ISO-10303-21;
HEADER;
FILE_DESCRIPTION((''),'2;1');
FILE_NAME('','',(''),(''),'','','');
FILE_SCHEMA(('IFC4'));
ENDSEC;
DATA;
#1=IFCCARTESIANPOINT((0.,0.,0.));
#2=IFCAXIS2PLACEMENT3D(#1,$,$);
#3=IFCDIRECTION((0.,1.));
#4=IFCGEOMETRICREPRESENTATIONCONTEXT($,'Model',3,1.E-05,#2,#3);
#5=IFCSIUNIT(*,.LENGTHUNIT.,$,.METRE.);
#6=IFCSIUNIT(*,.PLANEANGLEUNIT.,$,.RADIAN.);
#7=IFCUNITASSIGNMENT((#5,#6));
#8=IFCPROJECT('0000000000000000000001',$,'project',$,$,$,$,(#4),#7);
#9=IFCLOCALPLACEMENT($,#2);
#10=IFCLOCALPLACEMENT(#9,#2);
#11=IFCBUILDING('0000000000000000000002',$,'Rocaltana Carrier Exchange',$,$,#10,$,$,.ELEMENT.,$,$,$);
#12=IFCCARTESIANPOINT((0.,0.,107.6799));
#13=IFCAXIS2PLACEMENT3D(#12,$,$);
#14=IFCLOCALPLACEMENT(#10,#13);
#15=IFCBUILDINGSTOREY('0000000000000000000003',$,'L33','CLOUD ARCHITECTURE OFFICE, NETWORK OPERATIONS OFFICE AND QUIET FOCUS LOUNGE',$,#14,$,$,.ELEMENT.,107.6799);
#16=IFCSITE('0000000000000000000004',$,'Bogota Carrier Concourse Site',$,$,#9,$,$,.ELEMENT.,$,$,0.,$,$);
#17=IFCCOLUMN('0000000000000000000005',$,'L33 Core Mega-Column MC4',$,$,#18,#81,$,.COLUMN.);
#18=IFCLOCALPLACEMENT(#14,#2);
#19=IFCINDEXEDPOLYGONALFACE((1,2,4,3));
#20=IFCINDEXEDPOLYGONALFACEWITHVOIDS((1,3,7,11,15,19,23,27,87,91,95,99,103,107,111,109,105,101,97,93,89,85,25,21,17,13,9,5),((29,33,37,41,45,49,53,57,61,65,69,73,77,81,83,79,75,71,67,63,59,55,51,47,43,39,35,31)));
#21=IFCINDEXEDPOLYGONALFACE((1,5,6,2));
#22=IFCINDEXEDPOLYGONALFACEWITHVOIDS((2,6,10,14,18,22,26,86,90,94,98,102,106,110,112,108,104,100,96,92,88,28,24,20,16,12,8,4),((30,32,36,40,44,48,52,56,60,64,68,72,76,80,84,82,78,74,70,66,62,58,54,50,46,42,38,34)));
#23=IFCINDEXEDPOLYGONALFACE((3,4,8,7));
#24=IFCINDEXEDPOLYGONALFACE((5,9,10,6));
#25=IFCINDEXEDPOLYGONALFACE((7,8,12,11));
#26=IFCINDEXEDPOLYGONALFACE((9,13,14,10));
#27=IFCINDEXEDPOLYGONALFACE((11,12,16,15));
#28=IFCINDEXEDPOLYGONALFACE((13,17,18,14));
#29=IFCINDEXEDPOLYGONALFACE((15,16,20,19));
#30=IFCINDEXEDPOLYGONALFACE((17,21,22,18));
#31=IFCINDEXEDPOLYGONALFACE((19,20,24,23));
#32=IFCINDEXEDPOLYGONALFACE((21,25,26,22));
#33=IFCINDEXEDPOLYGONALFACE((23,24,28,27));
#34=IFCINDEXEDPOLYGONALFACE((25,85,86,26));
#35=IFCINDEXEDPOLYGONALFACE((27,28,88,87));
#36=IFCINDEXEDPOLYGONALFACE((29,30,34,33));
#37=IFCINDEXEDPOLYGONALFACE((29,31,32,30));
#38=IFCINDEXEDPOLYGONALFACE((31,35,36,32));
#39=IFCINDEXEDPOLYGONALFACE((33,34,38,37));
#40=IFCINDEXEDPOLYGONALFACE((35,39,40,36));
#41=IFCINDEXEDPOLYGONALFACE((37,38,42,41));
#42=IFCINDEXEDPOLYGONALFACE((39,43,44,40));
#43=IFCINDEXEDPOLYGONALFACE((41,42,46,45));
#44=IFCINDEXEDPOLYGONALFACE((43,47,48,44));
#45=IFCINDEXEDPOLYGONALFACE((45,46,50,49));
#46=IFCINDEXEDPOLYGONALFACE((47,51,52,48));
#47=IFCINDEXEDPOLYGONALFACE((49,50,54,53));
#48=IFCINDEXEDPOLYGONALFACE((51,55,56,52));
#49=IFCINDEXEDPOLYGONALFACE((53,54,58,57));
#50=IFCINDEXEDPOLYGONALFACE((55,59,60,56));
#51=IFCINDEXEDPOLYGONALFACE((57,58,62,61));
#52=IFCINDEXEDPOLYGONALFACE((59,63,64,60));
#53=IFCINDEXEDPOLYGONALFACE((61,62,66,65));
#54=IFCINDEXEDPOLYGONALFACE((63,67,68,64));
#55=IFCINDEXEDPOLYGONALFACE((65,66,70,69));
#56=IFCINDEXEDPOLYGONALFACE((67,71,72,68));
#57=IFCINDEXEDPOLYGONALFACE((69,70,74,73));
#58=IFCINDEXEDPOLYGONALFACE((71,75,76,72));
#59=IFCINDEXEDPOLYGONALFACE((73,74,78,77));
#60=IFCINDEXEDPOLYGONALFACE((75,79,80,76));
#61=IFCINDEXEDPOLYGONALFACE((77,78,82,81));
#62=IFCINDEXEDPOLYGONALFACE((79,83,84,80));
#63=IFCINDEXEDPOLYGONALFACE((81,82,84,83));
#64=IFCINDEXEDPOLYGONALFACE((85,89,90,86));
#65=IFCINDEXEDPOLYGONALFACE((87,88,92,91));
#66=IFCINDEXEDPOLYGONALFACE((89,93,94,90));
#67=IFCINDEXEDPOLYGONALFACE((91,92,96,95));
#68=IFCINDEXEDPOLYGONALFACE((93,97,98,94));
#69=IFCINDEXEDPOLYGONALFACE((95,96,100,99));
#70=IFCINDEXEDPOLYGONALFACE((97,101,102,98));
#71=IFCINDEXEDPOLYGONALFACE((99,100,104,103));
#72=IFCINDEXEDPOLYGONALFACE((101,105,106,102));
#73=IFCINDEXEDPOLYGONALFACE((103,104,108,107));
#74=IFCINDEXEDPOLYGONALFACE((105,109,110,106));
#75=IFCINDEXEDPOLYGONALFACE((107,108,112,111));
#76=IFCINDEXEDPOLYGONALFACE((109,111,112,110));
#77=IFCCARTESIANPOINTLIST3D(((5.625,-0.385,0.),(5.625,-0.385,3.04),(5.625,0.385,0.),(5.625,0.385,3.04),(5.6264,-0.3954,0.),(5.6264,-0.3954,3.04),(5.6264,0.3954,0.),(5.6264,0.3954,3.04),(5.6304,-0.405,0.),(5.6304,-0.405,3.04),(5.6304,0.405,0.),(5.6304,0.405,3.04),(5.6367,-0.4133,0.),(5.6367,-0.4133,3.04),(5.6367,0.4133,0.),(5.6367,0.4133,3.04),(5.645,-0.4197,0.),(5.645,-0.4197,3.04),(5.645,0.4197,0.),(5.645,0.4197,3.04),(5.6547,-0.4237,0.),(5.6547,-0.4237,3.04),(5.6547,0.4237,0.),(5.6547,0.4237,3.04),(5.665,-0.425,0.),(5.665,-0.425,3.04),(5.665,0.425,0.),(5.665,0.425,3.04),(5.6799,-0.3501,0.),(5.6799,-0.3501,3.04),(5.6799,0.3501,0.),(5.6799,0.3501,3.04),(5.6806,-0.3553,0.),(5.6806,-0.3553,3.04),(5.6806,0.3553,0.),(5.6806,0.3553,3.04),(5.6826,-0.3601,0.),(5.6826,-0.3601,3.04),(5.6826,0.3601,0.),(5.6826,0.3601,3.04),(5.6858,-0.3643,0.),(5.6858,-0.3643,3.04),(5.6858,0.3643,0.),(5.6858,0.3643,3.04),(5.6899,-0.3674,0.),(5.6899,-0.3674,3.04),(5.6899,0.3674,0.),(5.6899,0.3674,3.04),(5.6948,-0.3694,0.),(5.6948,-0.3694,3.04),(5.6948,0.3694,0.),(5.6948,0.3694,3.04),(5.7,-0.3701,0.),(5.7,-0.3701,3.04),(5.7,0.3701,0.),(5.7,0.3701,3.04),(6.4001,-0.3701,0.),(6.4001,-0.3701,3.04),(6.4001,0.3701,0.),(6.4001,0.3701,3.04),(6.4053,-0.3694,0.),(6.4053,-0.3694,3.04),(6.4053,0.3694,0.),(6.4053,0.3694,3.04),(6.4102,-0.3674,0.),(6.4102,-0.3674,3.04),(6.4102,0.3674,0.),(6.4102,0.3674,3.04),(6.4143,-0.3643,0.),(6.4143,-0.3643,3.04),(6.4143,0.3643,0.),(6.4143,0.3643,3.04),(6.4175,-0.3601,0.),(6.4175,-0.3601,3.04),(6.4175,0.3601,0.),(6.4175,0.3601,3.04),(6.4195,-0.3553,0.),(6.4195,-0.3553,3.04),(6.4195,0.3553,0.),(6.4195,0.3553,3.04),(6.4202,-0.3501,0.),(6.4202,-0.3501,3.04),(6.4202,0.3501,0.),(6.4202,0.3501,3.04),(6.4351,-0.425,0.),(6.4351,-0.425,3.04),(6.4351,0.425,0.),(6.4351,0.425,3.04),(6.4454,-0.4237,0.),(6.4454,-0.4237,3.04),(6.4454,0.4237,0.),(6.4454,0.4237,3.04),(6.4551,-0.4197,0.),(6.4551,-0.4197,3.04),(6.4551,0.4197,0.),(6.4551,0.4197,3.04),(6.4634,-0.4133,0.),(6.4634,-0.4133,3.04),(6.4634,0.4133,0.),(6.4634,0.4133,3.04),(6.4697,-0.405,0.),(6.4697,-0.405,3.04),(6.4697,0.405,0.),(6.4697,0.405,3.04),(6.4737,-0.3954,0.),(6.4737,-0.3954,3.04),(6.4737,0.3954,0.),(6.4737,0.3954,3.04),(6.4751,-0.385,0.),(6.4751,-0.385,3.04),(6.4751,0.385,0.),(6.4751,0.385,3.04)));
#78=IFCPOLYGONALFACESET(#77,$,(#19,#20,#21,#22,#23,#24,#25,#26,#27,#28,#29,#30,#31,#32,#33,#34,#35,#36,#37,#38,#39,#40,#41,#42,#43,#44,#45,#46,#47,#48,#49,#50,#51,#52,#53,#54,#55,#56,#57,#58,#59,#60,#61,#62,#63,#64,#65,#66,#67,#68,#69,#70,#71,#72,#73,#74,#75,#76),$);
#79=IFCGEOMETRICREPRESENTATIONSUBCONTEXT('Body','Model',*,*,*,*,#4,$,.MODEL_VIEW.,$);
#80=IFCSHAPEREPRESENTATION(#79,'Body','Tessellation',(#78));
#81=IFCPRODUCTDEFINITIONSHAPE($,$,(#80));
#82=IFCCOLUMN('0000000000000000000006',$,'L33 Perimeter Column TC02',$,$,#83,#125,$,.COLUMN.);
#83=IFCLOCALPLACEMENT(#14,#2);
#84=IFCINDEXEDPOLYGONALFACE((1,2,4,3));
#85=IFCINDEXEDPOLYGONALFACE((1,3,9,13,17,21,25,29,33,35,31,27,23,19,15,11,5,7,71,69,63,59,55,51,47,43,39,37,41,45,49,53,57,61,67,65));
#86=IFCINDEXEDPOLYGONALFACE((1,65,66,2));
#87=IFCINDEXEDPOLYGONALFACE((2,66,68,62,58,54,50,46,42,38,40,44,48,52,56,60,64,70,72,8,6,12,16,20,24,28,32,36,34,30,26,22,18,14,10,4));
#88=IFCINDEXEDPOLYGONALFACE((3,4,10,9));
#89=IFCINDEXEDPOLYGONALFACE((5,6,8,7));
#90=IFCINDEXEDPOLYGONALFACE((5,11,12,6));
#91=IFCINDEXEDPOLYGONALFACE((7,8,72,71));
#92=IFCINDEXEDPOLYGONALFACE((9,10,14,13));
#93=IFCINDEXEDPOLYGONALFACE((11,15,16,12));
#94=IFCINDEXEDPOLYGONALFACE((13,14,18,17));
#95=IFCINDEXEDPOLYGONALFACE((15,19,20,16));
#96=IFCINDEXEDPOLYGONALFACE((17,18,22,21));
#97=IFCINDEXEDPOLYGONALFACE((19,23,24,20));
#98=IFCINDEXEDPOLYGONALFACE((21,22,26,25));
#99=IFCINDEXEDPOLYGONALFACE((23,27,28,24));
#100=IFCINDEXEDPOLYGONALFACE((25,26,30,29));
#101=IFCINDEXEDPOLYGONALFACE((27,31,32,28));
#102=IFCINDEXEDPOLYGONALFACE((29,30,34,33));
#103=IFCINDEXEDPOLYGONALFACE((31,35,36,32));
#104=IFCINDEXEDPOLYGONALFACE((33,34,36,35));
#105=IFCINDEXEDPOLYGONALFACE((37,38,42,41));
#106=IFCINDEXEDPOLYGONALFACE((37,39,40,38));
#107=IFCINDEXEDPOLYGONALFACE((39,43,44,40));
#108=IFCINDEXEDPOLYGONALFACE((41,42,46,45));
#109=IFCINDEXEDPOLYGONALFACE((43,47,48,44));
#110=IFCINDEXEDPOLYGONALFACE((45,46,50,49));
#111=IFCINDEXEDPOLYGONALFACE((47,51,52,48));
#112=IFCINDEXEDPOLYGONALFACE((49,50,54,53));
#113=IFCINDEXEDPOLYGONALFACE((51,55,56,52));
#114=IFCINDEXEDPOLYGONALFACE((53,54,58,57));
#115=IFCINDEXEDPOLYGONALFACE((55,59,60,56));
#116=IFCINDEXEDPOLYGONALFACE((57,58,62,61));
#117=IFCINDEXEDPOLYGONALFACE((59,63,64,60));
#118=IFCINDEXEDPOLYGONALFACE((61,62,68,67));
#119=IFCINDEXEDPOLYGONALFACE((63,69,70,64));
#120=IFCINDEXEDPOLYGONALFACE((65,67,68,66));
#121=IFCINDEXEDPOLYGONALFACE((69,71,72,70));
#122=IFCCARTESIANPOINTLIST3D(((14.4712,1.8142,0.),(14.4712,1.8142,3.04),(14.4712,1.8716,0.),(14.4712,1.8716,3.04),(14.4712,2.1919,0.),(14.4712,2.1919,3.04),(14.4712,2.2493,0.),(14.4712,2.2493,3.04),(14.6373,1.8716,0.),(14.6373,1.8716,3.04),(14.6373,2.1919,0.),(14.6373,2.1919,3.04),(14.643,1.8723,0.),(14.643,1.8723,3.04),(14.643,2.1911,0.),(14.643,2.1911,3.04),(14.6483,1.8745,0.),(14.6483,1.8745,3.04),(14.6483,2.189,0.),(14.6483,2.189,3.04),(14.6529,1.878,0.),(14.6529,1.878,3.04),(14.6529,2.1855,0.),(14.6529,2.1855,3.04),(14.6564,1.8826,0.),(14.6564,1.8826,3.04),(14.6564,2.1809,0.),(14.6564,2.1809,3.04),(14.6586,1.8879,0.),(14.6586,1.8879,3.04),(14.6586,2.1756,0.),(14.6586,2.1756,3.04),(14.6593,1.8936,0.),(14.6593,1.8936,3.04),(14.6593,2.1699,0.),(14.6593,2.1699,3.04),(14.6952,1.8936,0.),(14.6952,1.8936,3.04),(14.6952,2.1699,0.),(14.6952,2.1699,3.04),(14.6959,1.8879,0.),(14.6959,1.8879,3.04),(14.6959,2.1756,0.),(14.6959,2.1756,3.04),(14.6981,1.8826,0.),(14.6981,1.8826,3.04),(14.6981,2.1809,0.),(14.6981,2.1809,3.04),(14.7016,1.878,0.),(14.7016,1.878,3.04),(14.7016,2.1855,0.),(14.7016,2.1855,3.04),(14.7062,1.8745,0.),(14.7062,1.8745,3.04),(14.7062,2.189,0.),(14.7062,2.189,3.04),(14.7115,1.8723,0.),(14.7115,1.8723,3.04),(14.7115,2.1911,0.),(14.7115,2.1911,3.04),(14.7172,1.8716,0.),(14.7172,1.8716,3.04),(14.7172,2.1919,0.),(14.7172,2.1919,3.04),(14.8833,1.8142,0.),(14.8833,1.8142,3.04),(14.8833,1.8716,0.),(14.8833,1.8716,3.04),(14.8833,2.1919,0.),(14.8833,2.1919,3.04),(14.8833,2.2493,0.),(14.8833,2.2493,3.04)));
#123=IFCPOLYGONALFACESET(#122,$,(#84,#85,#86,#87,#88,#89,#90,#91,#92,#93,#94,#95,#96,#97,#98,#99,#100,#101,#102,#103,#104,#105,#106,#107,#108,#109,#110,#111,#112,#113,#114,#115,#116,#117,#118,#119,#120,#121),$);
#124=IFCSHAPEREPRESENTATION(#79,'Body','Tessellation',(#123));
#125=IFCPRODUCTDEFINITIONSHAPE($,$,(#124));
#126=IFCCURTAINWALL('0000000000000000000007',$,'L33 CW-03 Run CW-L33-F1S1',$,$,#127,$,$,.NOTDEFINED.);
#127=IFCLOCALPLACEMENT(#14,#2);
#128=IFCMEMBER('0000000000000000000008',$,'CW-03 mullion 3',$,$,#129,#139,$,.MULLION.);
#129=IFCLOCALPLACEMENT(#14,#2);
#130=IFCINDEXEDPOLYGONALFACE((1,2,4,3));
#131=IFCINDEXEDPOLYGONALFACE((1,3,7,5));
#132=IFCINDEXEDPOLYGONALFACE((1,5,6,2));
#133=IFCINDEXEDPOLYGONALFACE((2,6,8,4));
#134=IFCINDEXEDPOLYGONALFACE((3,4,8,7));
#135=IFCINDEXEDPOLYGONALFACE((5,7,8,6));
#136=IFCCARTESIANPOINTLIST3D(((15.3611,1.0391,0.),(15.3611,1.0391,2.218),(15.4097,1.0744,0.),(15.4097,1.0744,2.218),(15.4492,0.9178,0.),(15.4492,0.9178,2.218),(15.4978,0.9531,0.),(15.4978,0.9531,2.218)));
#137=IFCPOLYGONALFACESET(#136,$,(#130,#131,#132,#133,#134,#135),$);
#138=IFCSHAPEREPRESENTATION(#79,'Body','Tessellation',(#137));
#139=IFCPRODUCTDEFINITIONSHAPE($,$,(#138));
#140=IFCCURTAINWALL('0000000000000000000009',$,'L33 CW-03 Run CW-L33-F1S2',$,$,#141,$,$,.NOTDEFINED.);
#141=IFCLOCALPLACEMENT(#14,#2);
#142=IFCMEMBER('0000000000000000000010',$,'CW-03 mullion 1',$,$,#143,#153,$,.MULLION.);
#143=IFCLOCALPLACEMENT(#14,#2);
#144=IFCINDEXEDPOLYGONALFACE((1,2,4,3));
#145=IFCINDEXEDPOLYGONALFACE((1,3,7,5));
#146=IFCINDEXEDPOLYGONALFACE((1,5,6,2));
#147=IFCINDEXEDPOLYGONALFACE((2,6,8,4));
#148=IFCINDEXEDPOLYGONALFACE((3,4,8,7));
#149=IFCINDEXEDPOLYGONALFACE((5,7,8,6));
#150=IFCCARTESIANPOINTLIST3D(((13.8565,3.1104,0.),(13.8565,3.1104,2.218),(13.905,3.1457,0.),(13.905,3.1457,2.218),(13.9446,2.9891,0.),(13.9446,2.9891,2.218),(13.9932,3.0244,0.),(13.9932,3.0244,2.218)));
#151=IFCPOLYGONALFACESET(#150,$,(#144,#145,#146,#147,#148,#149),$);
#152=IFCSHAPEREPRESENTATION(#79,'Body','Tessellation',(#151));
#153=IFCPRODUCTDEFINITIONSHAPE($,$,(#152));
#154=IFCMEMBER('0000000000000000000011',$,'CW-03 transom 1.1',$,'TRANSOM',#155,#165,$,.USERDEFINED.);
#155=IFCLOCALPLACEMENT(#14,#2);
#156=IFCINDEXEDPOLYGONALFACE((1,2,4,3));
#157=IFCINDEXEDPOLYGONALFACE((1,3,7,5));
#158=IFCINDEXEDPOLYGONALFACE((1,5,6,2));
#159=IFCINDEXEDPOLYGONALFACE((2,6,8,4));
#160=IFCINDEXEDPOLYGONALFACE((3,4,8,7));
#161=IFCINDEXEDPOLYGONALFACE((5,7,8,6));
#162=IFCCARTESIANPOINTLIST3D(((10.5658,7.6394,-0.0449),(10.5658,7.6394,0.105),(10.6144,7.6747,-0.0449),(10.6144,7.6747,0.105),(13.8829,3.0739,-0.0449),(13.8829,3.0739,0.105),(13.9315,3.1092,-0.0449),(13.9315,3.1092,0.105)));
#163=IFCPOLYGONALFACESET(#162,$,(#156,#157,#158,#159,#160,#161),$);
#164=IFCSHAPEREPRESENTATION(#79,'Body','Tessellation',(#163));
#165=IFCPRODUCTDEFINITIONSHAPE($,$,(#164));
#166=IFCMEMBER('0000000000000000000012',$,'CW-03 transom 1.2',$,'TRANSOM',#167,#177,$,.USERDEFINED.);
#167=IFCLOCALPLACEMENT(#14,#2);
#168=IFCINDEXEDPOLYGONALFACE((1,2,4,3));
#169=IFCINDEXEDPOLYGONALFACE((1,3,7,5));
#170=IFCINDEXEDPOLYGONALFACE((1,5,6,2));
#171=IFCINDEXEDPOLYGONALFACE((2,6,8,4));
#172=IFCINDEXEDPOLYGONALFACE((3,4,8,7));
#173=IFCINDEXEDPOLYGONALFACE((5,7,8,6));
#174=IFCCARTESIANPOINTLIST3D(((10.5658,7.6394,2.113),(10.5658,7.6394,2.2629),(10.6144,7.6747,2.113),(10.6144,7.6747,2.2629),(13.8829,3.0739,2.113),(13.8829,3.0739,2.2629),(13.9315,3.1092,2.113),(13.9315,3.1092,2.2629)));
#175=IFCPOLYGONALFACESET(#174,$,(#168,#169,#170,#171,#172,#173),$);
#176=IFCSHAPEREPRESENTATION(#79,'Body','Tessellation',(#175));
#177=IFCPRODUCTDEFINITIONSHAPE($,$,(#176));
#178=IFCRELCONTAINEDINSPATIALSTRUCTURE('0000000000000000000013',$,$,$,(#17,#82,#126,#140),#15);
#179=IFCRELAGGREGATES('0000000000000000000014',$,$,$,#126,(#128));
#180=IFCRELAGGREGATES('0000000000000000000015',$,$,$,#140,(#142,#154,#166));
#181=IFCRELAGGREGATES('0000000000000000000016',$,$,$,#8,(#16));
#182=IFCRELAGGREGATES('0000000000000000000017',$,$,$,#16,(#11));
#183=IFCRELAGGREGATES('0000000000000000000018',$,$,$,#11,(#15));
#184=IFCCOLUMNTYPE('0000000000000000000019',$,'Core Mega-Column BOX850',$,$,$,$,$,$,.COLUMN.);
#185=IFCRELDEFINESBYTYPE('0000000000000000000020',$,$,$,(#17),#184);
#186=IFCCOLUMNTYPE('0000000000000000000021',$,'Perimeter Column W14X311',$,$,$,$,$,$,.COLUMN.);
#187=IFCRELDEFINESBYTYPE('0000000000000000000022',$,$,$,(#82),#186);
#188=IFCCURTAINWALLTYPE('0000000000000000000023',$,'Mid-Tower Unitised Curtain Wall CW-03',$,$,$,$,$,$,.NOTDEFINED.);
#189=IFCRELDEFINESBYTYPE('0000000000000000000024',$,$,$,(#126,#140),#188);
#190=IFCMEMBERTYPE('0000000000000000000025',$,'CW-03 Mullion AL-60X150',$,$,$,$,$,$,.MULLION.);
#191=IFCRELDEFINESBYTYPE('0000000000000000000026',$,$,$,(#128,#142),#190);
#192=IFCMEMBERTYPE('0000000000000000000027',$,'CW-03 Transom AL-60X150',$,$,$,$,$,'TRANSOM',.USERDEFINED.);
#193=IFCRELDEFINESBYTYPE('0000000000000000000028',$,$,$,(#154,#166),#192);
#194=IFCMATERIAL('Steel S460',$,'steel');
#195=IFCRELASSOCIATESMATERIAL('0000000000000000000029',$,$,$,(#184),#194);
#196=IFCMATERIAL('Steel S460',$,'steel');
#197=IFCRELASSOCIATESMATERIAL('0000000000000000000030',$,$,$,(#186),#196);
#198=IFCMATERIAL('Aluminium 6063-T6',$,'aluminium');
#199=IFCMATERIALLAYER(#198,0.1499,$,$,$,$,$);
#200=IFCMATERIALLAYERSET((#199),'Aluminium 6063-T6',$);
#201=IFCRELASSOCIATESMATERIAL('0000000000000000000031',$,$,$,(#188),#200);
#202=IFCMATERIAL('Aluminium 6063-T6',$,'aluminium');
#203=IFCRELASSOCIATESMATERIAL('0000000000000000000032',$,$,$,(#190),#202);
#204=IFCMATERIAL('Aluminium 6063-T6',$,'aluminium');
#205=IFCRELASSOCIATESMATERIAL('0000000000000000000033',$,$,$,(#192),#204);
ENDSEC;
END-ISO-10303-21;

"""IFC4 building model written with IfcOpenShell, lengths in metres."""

from ifc_helpers import new_model, si_unit, direction, frame, origin, origin_2d, place, context, subcontext, project, spatial, rectangle, hollow_rectangle, i_section, extrude, material, layer, layer_set, material_profile, profile_set, type_object, element, aggregate, save


model = new_model("IFC4")

# Units and contexts
model_context = context("Model", 3, precision=1e-05, world=origin(), true_north=direction((0.0, 1.0)))
body_context = subcontext(model_context, "Body", "Model", "MODEL_VIEW")
ifc_project = project(units=[si_unit("LENGTHUNIT", "METRE"), si_unit("PLANEANGLEUNIT", "RADIAN")], contexts=[model_context])

# Site, building, storey
site_placement = place(None, origin())
site = spatial("IfcSite", under=ifc_project, at=site_placement, Name="Bogota Carrier Concourse Site", CompositionType="ELEMENT", RefElevation=0.0)
building_placement = place(site_placement, origin())
building = spatial("IfcBuilding", under=site, at=building_placement, Name="Rocaltana Carrier Exchange", CompositionType="ELEMENT")
storey_placement = place(building_placement, frame((0.0, 0.0, 107.6799)))
storey = spatial("IfcBuildingStorey", under=building, at=storey_placement, Name="L33", Description="CLOUD ARCHITECTURE OFFICE, NETWORK OPERATIONS OFFICE AND QUIET FOCUS LOUNGE", CompositionType="ELEMENT", Elevation=107.6799)

# Columns
ifc_material_1 = material(Name="Steel S460", Category="steel")
ifc_material_profile_1 = material_profile(ifc_material_1, hollow_rectangle(XDim=0.8501, YDim=0.8501, WallThickness=0.0549, InnerFilletRadius=0.02, OuterFilletRadius=0.04, at=origin_2d()), Name="BOX850X850X55")
ifc_profile_set_1 = profile_set([ifc_material_profile_1], Name="Steel S460")
column_type_1 = type_object("IfcColumnType", Name="Core Mega-Column BOX850", PredefinedType="COLUMN", material=ifc_profile_set_1)
column_1_placement = place(storey_placement, frame((6.05, 0.0, 0.0), z_axis=(0.0, 0.0, 1.0), x_axis=(1.0, 0.0, 0.0)))
element("IfcColumn", 1, at=column_1_placement, inside=storey, type_object=column_type_1, Name="L33 Core Mega-Column MC4", PredefinedType="COLUMN", context=body_context, shape_type="SweptSolid", body=[
    extrude(hollow_rectangle(XDim=0.8501, YDim=0.8501, WallThickness=0.0549, InnerFilletRadius=0.02, OuterFilletRadius=0.04, at=origin_2d()), origin(), (0.0, 0.0, 1.0), 3.04),
])
ifc_material_2 = material(Name="Steel S460", Category="steel")
ifc_material_profile_2 = material_profile(ifc_material_2, i_section(OverallWidth=0.4121, OverallDepth=0.4351, WebThickness=0.0359, FlangeThickness=0.0574, FilletRadius=0.022, at=origin_2d()), Name="W14X311")
ifc_profile_set_2 = profile_set([ifc_material_profile_2], Name="Steel S460")
column_type_2 = type_object("IfcColumnType", Name="Perimeter Column W14X311", PredefinedType="COLUMN", material=ifc_profile_set_2)
column_2_placement = place(storey_placement, frame((14.6772, 2.0317, 0.0), z_axis=(0.0, 0.0, 1.0), x_axis=(1.0, 0.0, 0.0)))
element("IfcColumn", 2, at=column_2_placement, inside=storey, type_object=column_type_2, Name="L33 Perimeter Column TC02", PredefinedType="COLUMN", context=body_context, shape_type="SweptSolid", body=[
    extrude(i_section(OverallWidth=0.4121, OverallDepth=0.4351, WebThickness=0.0359, FlangeThickness=0.0574, FilletRadius=0.022, at=origin_2d()), origin(), (0.0, 0.0, 1.0), 3.04),
])

# Curtain wall, member
ifc_material_3 = material(Name="Aluminium 6063-T6", Category="aluminium")
ifc_layer_1 = layer(ifc_material_3, 0.1499)
ifc_layer_set_1 = layer_set([ifc_layer_1], Name="Aluminium 6063-T6")
curtain_wall_type = type_object("IfcCurtainWallType", Name="Mid-Tower Unitised Curtain Wall CW-03", PredefinedType="NOTDEFINED", material=ifc_layer_set_1)
curtain_wall_1_placement = place(storey_placement, origin())
curtain_wall_1 = element("IfcCurtainWall", 3, at=curtain_wall_1_placement, inside=storey, type_object=curtain_wall_type, Name="L33 CW-03 Run CW-L33-F1S1", PredefinedType="NOTDEFINED")
ifc_material_4 = material(Name="Aluminium 6063-T6", Category="aluminium")
ifc_material_profile_3 = material_profile(ifc_material_4, rectangle(XDim=0.0601, YDim=0.1499, at=origin_2d()), Name="AL-60X150")
ifc_profile_set_3 = profile_set([ifc_material_profile_3], Name="Aluminium 6063-T6")
member_type_1 = type_object("IfcMemberType", Name="CW-03 Mullion AL-60X150", PredefinedType="MULLION", material=ifc_profile_set_3)
member_1_placement = place(storey_placement, frame((15.4294, 0.9961, 0.0), z_axis=(0.0, 0.0, 1.0), x_axis=(-0.809014, -0.58779, 0.0)))
member_1 = element("IfcMember", 4, at=member_1_placement, type_object=member_type_1, Name="CW-03 mullion 3", PredefinedType="MULLION", context=body_context, shape_type="SweptSolid", body=[
    extrude(rectangle(XDim=0.0601, YDim=0.1499, at=origin_2d()), origin(), (0.0, 0.0, 1.0), 2.218),
])
aggregate(curtain_wall_1, [member_1])

# Curtain wall, members
curtain_wall_2_placement = place(storey_placement, origin())
curtain_wall_2 = element("IfcCurtainWall", 5, at=curtain_wall_2_placement, inside=storey, type_object=curtain_wall_type, Name="L33 CW-03 Run CW-L33-F1S2", PredefinedType="NOTDEFINED")
member_2_placement = place(storey_placement, frame((13.9248, 3.0674, 0.0), z_axis=(0.0, 0.0, 1.0), x_axis=(-0.809014, -0.58779, 0.0)))
member_2 = element("IfcMember", 6, at=member_2_placement, type_object=member_type_1, Name="CW-03 mullion 1", PredefinedType="MULLION", context=body_context, shape_type="SweptSolid", body=[
    extrude(rectangle(XDim=0.0601, YDim=0.1499, at=origin_2d()), origin(), (0.0, 0.0, 1.0), 2.218),
])
ifc_material_5 = material(Name="Aluminium 6063-T6", Category="aluminium")
ifc_material_profile_4 = material_profile(ifc_material_5, rectangle(XDim=0.0601, YDim=0.1499, at=origin_2d()), Name="AL-60X150")
ifc_profile_set_4 = profile_set([ifc_material_profile_4], Name="Aluminium 6063-T6")
member_type_2 = type_object("IfcMemberType", Name="CW-03 Transom AL-60X150", ElementType="TRANSOM", PredefinedType="USERDEFINED", material=ifc_profile_set_4)
member_3_placement = place(storey_placement, frame((13.9072, 3.0916, 0.03), z_axis=(-0.587804, 0.809004, 0.0), x_axis=(-0.809004, -0.587804, 0.0)))
member_3 = element("IfcMember", 7, at=member_3_placement, type_object=member_type_2, Name="CW-03 transom 1.1", ObjectType="TRANSOM", PredefinedType="USERDEFINED", context=body_context, shape_type="SweptSolid", body=[
    extrude(rectangle(XDim=0.0601, YDim=0.1499, at=origin_2d()), origin(), (0.0, 0.0, 1.0), 5.6433),
])
member_4_placement = place(storey_placement, frame((13.9072, 3.0916, 2.188), z_axis=(-0.587804, 0.809004, 0.0), x_axis=(-0.809004, -0.587804, 0.0)))
member_4 = element("IfcMember", 8, at=member_4_placement, type_object=member_type_2, Name="CW-03 transom 1.2", ObjectType="TRANSOM", PredefinedType="USERDEFINED", context=body_context, shape_type="SweptSolid", body=[
    extrude(rectangle(XDim=0.0601, YDim=0.1499, at=origin_2d()), origin(), (0.0, 0.0, 1.0), 5.6433),
])
aggregate(curtain_wall_2, [member_2, member_3, member_4])

save(model, "model.ifc")
